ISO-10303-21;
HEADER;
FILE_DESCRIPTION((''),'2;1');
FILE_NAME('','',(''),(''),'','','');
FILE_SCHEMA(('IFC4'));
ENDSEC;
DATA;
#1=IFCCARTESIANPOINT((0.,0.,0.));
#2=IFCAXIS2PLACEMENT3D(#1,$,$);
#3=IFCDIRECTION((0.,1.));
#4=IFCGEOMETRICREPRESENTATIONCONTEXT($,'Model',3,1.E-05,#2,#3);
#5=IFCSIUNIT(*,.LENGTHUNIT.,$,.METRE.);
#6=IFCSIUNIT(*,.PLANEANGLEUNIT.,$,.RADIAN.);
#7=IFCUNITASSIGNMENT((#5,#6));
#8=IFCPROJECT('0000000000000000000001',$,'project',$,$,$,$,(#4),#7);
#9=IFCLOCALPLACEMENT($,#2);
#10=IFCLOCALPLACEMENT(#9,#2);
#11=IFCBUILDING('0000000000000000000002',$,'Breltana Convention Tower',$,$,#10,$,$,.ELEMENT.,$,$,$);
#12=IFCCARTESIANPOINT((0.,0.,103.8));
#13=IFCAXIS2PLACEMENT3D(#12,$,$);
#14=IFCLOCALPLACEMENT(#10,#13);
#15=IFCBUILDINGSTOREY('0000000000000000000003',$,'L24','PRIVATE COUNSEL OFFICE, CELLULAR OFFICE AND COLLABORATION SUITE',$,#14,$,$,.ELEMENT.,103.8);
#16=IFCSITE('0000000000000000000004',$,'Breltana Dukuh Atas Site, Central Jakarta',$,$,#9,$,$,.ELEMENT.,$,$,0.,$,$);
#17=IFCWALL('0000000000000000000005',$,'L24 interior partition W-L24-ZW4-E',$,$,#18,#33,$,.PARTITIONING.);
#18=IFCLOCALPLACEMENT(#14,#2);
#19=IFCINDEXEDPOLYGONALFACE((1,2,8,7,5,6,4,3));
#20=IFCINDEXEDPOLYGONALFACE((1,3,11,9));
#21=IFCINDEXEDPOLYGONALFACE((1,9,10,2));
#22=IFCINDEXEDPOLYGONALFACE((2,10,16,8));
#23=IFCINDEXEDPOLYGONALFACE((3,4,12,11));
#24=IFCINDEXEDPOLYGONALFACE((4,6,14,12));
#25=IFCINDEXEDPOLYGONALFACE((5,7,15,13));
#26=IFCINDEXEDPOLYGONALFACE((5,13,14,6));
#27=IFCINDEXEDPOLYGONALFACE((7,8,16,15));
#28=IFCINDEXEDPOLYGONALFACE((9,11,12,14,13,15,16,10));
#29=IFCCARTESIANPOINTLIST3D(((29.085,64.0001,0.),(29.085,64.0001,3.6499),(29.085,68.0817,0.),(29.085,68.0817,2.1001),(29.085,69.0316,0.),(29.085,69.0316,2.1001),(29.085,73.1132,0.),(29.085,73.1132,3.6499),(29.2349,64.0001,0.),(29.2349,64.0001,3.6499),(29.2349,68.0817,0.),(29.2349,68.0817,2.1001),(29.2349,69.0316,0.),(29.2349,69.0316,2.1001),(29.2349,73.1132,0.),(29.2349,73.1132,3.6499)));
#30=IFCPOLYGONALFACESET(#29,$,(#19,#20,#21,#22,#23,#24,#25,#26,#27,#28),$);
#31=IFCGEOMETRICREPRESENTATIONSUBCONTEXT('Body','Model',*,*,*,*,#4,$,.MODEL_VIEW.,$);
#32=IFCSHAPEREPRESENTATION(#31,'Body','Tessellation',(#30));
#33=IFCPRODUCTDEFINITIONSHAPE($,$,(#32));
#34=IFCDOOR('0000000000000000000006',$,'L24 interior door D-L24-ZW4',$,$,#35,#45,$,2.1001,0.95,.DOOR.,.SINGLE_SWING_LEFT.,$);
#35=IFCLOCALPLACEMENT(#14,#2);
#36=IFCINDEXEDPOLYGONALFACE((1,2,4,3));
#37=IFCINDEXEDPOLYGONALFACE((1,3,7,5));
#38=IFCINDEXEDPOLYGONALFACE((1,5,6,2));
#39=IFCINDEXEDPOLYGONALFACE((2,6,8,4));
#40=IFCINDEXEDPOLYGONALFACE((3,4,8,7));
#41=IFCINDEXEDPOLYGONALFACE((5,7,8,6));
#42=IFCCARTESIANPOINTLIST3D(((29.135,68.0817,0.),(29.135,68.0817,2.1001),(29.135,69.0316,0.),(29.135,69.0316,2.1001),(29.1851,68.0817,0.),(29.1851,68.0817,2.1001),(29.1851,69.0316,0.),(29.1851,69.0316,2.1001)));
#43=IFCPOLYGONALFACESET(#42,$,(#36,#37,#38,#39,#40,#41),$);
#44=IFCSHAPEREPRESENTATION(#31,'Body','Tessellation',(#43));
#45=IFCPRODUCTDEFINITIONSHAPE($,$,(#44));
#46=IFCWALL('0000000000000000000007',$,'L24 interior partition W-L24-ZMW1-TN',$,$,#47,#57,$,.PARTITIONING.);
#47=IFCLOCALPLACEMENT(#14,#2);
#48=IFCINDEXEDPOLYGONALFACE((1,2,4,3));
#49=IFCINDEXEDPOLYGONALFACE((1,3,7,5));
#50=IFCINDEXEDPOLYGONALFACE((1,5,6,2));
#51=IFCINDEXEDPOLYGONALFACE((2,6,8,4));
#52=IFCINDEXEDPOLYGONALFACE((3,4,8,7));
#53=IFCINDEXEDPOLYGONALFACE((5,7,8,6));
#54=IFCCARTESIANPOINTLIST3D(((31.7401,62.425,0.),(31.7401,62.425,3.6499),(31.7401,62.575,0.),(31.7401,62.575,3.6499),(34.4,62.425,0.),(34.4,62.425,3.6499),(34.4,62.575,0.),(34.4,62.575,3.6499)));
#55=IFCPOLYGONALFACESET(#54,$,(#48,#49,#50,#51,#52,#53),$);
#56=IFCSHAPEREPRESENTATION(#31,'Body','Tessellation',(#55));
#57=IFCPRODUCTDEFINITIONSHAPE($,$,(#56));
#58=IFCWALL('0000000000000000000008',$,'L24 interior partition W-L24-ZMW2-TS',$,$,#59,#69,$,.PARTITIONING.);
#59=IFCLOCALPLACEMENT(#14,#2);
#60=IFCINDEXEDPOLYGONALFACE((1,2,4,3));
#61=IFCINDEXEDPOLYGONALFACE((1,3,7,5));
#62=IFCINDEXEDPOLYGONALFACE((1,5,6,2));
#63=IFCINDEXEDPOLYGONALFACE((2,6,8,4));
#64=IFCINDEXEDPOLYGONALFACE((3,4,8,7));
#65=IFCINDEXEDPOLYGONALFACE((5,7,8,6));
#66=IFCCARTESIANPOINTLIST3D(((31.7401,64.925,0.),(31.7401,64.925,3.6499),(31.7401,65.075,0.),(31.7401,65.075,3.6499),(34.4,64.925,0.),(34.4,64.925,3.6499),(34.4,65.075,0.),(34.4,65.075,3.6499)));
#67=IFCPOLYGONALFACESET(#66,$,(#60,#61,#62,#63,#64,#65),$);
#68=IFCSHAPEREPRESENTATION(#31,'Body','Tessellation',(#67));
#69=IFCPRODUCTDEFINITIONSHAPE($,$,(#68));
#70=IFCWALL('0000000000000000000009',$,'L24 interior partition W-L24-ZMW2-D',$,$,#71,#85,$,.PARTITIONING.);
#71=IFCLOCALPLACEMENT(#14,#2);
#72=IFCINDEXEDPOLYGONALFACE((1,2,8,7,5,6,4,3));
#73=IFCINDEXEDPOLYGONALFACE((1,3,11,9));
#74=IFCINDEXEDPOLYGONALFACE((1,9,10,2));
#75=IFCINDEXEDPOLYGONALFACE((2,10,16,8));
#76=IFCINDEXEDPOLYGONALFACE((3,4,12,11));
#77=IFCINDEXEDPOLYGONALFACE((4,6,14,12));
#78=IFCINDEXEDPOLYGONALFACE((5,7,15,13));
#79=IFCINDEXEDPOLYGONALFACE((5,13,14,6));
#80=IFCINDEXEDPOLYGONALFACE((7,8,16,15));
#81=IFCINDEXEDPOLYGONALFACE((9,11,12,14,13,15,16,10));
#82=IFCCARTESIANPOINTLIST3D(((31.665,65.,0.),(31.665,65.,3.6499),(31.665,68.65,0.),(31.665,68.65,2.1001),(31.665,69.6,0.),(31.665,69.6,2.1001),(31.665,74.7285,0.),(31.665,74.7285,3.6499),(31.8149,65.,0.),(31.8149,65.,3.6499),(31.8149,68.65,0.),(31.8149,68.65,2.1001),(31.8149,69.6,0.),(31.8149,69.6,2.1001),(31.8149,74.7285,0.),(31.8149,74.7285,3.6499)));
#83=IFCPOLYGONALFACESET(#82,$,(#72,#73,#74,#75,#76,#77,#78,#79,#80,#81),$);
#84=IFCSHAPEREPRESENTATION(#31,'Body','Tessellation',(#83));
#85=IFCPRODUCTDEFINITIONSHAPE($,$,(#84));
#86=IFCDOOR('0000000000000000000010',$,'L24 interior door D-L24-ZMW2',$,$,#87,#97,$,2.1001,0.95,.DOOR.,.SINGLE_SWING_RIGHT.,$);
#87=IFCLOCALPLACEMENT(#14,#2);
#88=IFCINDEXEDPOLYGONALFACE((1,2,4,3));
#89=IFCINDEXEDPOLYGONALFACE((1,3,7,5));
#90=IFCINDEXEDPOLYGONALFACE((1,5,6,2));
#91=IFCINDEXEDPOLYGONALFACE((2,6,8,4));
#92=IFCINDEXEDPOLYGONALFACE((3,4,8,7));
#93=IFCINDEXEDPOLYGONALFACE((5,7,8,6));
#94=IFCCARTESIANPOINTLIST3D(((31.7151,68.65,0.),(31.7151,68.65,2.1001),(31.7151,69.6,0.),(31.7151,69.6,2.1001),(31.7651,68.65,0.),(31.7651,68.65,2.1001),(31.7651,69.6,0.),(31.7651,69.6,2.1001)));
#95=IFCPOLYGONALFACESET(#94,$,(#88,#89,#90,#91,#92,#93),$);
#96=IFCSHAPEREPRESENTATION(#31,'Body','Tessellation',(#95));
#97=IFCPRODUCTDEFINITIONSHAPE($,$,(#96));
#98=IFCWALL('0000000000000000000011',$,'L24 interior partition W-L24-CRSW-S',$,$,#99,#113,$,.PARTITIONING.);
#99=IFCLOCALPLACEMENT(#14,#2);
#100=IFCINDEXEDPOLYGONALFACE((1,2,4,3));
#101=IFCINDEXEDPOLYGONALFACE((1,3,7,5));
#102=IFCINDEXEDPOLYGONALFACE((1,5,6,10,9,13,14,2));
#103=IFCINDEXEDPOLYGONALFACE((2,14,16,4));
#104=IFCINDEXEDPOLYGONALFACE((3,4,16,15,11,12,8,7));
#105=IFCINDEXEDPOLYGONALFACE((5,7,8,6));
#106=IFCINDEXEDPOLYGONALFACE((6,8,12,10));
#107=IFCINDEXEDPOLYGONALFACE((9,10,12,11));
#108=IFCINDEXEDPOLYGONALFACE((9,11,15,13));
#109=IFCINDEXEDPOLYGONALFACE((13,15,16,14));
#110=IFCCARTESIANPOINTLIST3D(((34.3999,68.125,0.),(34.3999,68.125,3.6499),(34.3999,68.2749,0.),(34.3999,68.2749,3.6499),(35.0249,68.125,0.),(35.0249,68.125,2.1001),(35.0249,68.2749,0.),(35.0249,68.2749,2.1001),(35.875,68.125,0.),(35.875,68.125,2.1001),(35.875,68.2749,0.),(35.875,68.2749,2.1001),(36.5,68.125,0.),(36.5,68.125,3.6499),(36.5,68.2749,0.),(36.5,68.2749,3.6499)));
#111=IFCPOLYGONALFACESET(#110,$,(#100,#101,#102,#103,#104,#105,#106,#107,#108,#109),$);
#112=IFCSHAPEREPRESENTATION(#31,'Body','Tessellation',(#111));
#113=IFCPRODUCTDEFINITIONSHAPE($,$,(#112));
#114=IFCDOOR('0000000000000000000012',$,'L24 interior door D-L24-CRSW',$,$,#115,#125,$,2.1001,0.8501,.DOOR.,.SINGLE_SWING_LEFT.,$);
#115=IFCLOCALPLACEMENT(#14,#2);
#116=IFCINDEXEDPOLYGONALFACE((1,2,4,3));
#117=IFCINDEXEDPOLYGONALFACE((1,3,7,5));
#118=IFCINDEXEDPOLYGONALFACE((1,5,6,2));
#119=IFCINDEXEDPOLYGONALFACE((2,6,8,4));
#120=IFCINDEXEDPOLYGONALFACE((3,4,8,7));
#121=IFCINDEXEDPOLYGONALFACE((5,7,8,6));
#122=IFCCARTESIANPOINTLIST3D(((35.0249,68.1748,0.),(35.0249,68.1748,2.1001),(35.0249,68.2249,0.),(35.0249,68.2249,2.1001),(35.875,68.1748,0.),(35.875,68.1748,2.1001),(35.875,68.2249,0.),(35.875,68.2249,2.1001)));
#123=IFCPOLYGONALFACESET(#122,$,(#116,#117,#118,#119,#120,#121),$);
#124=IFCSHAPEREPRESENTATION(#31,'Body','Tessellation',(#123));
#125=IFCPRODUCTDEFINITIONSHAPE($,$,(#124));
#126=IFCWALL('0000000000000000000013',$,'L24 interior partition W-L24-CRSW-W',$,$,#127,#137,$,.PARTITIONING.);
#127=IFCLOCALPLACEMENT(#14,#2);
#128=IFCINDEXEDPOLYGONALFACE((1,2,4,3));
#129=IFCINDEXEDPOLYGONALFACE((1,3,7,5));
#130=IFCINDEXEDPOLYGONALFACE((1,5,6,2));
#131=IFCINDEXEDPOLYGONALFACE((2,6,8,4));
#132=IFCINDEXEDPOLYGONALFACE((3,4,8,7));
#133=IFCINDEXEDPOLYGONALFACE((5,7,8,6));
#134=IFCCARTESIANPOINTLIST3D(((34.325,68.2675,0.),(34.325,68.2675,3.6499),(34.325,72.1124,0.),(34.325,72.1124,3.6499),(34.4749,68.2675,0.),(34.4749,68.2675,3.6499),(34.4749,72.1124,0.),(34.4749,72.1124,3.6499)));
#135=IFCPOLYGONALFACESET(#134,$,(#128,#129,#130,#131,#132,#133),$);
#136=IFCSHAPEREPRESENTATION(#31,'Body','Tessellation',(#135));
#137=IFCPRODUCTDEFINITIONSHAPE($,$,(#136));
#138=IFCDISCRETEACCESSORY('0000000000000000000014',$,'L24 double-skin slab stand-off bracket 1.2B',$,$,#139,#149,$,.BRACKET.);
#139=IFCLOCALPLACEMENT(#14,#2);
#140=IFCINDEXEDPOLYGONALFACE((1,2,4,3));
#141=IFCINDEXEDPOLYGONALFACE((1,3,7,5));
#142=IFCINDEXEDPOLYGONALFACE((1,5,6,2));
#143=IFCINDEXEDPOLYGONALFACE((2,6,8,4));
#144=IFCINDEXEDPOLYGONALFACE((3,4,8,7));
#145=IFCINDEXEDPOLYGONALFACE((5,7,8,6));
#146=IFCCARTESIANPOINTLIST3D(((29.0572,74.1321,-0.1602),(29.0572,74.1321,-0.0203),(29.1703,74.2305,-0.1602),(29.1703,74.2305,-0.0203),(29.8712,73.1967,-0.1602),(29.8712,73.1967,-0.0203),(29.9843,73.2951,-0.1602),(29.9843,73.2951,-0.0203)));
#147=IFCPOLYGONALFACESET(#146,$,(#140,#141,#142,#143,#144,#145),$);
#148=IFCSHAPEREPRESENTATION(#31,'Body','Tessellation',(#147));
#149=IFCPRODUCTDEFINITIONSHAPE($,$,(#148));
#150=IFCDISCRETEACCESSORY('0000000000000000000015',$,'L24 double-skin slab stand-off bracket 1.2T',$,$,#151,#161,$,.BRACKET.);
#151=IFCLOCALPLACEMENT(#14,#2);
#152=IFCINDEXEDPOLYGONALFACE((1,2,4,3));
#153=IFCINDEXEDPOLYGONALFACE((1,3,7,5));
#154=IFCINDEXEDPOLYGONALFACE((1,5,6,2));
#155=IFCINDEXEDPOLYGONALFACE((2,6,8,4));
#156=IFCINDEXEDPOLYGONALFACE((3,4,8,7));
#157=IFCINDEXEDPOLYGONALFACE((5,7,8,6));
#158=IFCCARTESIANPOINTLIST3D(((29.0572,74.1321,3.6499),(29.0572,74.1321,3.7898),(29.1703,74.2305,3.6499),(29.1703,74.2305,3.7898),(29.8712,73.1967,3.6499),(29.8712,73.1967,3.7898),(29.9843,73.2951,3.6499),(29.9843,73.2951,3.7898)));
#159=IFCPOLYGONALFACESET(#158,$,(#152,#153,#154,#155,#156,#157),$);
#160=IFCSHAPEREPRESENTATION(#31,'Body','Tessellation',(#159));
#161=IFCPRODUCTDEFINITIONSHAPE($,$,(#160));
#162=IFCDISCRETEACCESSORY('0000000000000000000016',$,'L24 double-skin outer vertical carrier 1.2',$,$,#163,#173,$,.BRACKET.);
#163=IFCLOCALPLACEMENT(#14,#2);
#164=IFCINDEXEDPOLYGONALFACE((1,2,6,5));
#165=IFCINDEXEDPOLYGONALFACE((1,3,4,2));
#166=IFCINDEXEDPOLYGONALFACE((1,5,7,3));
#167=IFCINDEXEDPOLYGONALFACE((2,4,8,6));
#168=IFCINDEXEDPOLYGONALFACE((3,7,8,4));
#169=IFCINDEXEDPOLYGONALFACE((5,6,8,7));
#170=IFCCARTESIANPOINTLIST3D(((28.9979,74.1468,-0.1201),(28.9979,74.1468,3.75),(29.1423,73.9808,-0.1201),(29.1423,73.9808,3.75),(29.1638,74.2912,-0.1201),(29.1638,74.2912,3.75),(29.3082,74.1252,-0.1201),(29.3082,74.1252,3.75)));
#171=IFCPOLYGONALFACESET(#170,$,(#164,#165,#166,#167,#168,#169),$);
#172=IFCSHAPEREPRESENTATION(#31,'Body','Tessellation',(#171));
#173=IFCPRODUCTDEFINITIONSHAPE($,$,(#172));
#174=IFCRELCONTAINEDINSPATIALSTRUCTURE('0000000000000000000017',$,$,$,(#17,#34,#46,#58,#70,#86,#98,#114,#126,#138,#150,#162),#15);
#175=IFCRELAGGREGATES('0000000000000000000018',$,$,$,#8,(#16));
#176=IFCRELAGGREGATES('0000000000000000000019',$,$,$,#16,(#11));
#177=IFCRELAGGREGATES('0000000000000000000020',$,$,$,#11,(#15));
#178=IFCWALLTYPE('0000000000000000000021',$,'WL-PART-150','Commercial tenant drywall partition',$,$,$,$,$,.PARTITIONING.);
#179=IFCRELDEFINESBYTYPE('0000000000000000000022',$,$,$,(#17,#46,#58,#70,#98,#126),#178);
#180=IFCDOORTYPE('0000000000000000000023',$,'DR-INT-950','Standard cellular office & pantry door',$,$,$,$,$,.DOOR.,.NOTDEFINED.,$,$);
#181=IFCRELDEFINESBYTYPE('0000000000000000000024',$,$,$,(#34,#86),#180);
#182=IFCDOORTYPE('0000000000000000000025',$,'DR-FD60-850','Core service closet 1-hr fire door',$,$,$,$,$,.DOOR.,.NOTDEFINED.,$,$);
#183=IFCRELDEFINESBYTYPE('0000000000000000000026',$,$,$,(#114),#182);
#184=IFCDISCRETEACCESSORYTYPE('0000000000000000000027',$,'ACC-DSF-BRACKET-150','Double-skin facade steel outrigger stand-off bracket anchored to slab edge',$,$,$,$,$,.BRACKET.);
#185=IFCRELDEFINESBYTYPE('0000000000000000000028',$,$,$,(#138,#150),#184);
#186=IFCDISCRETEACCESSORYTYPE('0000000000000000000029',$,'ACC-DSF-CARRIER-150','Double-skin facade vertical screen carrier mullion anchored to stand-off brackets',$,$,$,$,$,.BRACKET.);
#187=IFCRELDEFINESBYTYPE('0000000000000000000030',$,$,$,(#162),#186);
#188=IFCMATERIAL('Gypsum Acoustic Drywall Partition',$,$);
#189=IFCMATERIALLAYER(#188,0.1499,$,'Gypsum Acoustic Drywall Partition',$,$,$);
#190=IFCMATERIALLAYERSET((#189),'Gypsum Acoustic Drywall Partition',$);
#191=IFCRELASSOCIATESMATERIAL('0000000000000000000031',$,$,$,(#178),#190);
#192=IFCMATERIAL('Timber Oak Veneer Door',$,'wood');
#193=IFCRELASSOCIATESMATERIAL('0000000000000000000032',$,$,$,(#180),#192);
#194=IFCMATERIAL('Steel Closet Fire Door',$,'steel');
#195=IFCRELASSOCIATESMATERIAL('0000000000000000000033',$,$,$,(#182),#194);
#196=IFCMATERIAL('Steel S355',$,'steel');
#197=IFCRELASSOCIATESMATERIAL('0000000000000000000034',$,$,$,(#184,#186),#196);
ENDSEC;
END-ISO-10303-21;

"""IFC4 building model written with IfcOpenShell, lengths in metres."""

from ifc_helpers import new_model, si_unit, direction, frame, frame_2d, origin, origin_2d, place, context, subcontext, project, spatial, rectangle, extrude, source, transform, mapped, material, layer, layer_set, type_object, type_shapes, element, fill, save


model = new_model("IFC4")

# Units and contexts
model_context = context("Model", 3, precision=1e-05, world=origin(), true_north=direction((0.0, 1.0)))
body_context = subcontext(model_context, "Body", "Model", "MODEL_VIEW")
ifc_project = project(units=[si_unit("LENGTHUNIT", "METRE"), si_unit("PLANEANGLEUNIT", "RADIAN")], contexts=[model_context])

# Site, building, storey
site_placement = place(None, origin())
site = spatial("IfcSite", under=ifc_project, at=site_placement, Name="Breltana Dukuh Atas Site, Central Jakarta", CompositionType="ELEMENT", RefElevation=0.0)
building_placement = place(site_placement, origin())
building = spatial("IfcBuilding", under=site, at=building_placement, Name="Breltana Convention Tower", CompositionType="ELEMENT")
storey_placement = place(building_placement, frame((0.0, 0.0, 103.8)))
storey = spatial("IfcBuildingStorey", under=building, at=storey_placement, Name="L24", Description="PRIVATE COUNSEL OFFICE, CELLULAR OFFICE AND COLLABORATION SUITE", CompositionType="ELEMENT", Elevation=103.8)

# Shared definitions
ifc_material_1 = material(Name="Gypsum Acoustic Drywall Partition")
ifc_layer_1 = layer(ifc_material_1, 0.1499, Name="Gypsum Acoustic Drywall Partition")
ifc_layer_set_1 = layer_set([ifc_layer_1], Name="Gypsum Acoustic Drywall Partition")
wall_type_1 = type_object("IfcWallType", Name="WL-PART-150", Description="Commercial tenant drywall partition", PredefinedType="PARTITIONING", material=ifc_layer_set_1)

# Wall, opening, door
shared_shape_1 = source(origin(), body_context, "Body", "SweptSolid", [
    extrude(rectangle(XDim=9.113, YDim=0.1499, at=frame_2d((4.5566, 0.0))), origin(), (0.0, 0.0, 1.0), 3.6499),
])
wall_1_placement = place(storey_placement, frame((29.1599, 64.0, 0.0), z_axis=(0.0, 0.0, 1.0), x_axis=(0.0, 1.0, 0.0)))
wall_1 = element("IfcWall", 1, at=wall_1_placement, inside=storey, type_object=wall_type_1, Name="L24 interior partition W-L24-ZW4-E", PredefinedType="PARTITIONING", context=body_context, shape_type="MappedRepresentation", body=[
    mapped(shared_shape_1, transform((0.0, 0.0, 0.0), scale=1.0)),
])
opening_1_placement = place(wall_1_placement, frame((4.0815, 0.0, 0.0)))
opening_1 = element("IfcOpeningElement", 2, at=opening_1_placement, cuts=wall_1, PredefinedType="OPENING", context=body_context, shape_type="SweptSolid", body=[
    extrude(rectangle(XDim=0.95, YDim=2.1001, at=frame_2d((0.4751, 1.05))), frame((0.0, 0.085, 0.0), z_axis=(0.0, -1.0, 0.0), x_axis=(1.0, 0.0, 0.0)), (0.0, 0.0, 1.0), 0.1699),
])
ifc_material_2 = material(Name="Timber Oak Veneer Door", Category="wood")
door_type_1 = type_object("IfcDoorType", Name="DR-INT-950", Description="Standard cellular office & pantry door", OperationType="NOTDEFINED", PredefinedType="DOOR", material=ifc_material_2)
shared_shape_2 = source(origin(), body_context, "Body", "SweptSolid", [
    extrude(rectangle(XDim=0.95, YDim=2.1001, at=frame_2d((0.4751, 1.05))), frame((0.0, 0.0249, 0.0), z_axis=(0.0, -1.0, 0.0), x_axis=(1.0, 0.0, 0.0)), (0.0, 0.0, 1.0), 0.05),
])
type_shapes(door_type_1, [shared_shape_2])
door_1_placement = place(opening_1_placement, origin())
door_1 = element("IfcDoor", 3, at=door_1_placement, inside=storey, type_object=door_type_1, Name="L24 interior door D-L24-ZW4", OperationType="SINGLE_SWING_LEFT", OverallHeight=2.1001, OverallWidth=0.95, PredefinedType="DOOR", context=body_context, shape_type="MappedRepresentation", body=[
    mapped(shared_shape_2, transform((0.0, 0.0, 0.0), scale=1.0)),
])
fill(opening_1, door_1)

# Walls
shared_shape_3 = source(origin(), body_context, "Body", "SweptSolid", [
    extrude(rectangle(XDim=2.6599, YDim=0.1499, at=frame_2d((1.3301, 0.0))), origin(), (0.0, 0.0, 1.0), 3.6499),
])
for number, where, z_axis, x_axis, name in (
    (4, (31.74, 62.5, 0.0), (0.0, 0.0, 1.0), (1.0, 0.0, 0.0), "L24 interior partition W-L24-ZMW1-TN"),
    (5, (31.74, 65.0, 0.0), (0.0, 0.0, 1.0), (1.0, 0.0, 0.0), "L24 interior partition W-L24-ZMW2-TS"),
):
    element("IfcWall", number, at=place(storey_placement, frame(where, z_axis=z_axis, x_axis=x_axis)), inside=storey, type_object=wall_type_1, Name=name, PredefinedType="PARTITIONING", context=body_context, shape_type="MappedRepresentation", body=[
        mapped(shared_shape_3, transform((0.0, 0.0, 0.0), scale=1.0)),
    ])

# Walls, openings, doors
shared_shape_4 = source(origin(), body_context, "Body", "SweptSolid", [
    extrude(rectangle(XDim=9.7285, YDim=0.1499, at=frame_2d((4.8643, 0.0))), origin(), (0.0, 0.0, 1.0), 3.6499),
])
wall_2_placement = place(storey_placement, frame((31.74, 65.0, 0.0), z_axis=(0.0, 0.0, 1.0), x_axis=(0.0, 1.0, 0.0)))
wall_2 = element("IfcWall", 6, at=wall_2_placement, inside=storey, type_object=wall_type_1, Name="L24 interior partition W-L24-ZMW2-D", PredefinedType="PARTITIONING", context=body_context, shape_type="MappedRepresentation", body=[
    mapped(shared_shape_4, transform((0.0, 0.0, 0.0), scale=1.0)),
])
opening_2_placement = place(wall_2_placement, frame((3.6499, 0.0, 0.0)))
opening_2 = element("IfcOpeningElement", 7, at=opening_2_placement, cuts=wall_2, PredefinedType="OPENING", context=body_context, shape_type="SweptSolid", body=[
    extrude(rectangle(XDim=0.95, YDim=2.1001, at=frame_2d((0.4751, 1.05))), frame((0.0, 0.085, 0.0), z_axis=(0.0, -1.0, 0.0), x_axis=(1.0, 0.0, 0.0)), (0.0, 0.0, 1.0), 0.1699),
])
door_2_placement = place(opening_2_placement, origin())
door_2 = element("IfcDoor", 8, at=door_2_placement, inside=storey, type_object=door_type_1, Name="L24 interior door D-L24-ZMW2", OperationType="SINGLE_SWING_RIGHT", OverallHeight=2.1001, OverallWidth=0.95, PredefinedType="DOOR", context=body_context, shape_type="MappedRepresentation", body=[
    mapped(shared_shape_2, transform((0.0, 0.0, 0.0), scale=1.0)),
])
fill(opening_2, door_2)
shared_shape_5 = source(origin(), body_context, "Body", "SweptSolid", [
    extrude(rectangle(XDim=2.1001, YDim=0.1499, at=frame_2d((1.05, 0.0))), origin(), (0.0, 0.0, 1.0), 3.6499),
])
wall_3_placement = place(storey_placement, frame((34.3999, 68.2, 0.0), z_axis=(0.0, 0.0, 1.0), x_axis=(1.0, 0.0, 0.0)))
wall_3 = element("IfcWall", 9, at=wall_3_placement, inside=storey, type_object=wall_type_1, Name="L24 interior partition W-L24-CRSW-S", PredefinedType="PARTITIONING", context=body_context, shape_type="MappedRepresentation", body=[
    mapped(shared_shape_5, transform((0.0, 0.0, 0.0), scale=1.0)),
])
opening_3_placement = place(wall_3_placement, frame((0.625, 0.0, 0.0)))
opening_3 = element("IfcOpeningElement", 10, at=opening_3_placement, cuts=wall_3, PredefinedType="OPENING", context=body_context, shape_type="SweptSolid", body=[
    extrude(rectangle(XDim=0.8501, YDim=2.1001, at=frame_2d((0.425, 1.05))), frame((0.0, 0.085, 0.0), z_axis=(0.0, -1.0, 0.0), x_axis=(1.0, 0.0, 0.0)), (0.0, 0.0, 1.0), 0.1699),
])
ifc_material_3 = material(Name="Steel Closet Fire Door", Category="steel")
door_type_2 = type_object("IfcDoorType", Name="DR-FD60-850", Description="Core service closet 1-hr fire door", OperationType="NOTDEFINED", PredefinedType="DOOR", material=ifc_material_3)
shared_shape_6 = source(origin(), body_context, "Body", "SweptSolid", [
    extrude(rectangle(XDim=0.8501, YDim=2.1001, at=frame_2d((0.425, 1.05))), frame((0.0, 0.0249, 0.0), z_axis=(0.0, -1.0, 0.0), x_axis=(1.0, 0.0, 0.0)), (0.0, 0.0, 1.0), 0.05),
])
type_shapes(door_type_2, [shared_shape_6])
door_3_placement = place(opening_3_placement, origin())
door_3 = element("IfcDoor", 11, at=door_3_placement, inside=storey, type_object=door_type_2, Name="L24 interior door D-L24-CRSW", OperationType="SINGLE_SWING_LEFT", OverallHeight=2.1001, OverallWidth=0.8501, PredefinedType="DOOR", context=body_context, shape_type="MappedRepresentation", body=[
    mapped(shared_shape_6, transform((0.0, 0.0, 0.0), scale=1.0)),
])
fill(opening_3, door_3)

# Wall
shared_shape_7 = source(origin(), body_context, "Body", "SweptSolid", [
    extrude(rectangle(XDim=3.845, YDim=0.1499, at=frame_2d((1.9224, 0.0))), origin(), (0.0, 0.0, 1.0), 3.6499),
])
wall_4_placement = place(storey_placement, frame((34.3999, 68.2676, 0.0), z_axis=(0.0, 0.0, 1.0), x_axis=(0.0, 1.0, 0.0)))
element("IfcWall", 12, at=wall_4_placement, inside=storey, type_object=wall_type_1, Name="L24 interior partition W-L24-CRSW-W", PredefinedType="PARTITIONING", context=body_context, shape_type="MappedRepresentation", body=[
    mapped(shared_shape_7, transform((0.0, 0.0, 0.0), scale=1.0)),
])

# Discrete accessories
ifc_material_4 = material(Name="Steel S355", Category="steel")
discrete_accessory_type_1 = type_object("IfcDiscreteAccessoryType", Name="ACC-DSF-BRACKET-150", Description="Double-skin facade steel outrigger stand-off bracket anchored to slab edge", PredefinedType="BRACKET", material=ifc_material_4)
shared_shape_8 = source(origin(), body_context, "Body", "SweptSolid", [
    extrude(rectangle(XDim=1.24, YDim=0.1499, at=origin_2d()), origin(), (0.0, 0.0, 1.0), 0.1399),
])
type_shapes(discrete_accessory_type_1, [shared_shape_8])
for number, where, z_axis, x_axis, name in (
    (13, (29.5208, 73.7136, -0.1602), (0.0, 0.0, 1.0), (-0.656454, 0.754366, 0.0), "L24 double-skin slab stand-off bracket 1.2B"),
    (14, (29.5208, 73.7136, 3.6499), (0.0, 0.0, 1.0), (-0.656454, 0.754366, 0.0), "L24 double-skin slab stand-off bracket 1.2T"),
):
    element("IfcDiscreteAccessory", number, at=place(storey_placement, frame(where, z_axis=z_axis, x_axis=x_axis)), inside=storey, type_object=discrete_accessory_type_1, Name=name, PredefinedType="BRACKET", context=body_context, shape_type="MappedRepresentation", body=[
        mapped(shared_shape_8, transform((0.0, 0.0, 0.0), scale=1.0)),
    ])
discrete_accessory_type_2 = type_object("IfcDiscreteAccessoryType", Name="ACC-DSF-CARRIER-150", Description="Double-skin facade vertical screen carrier mullion anchored to stand-off brackets", PredefinedType="BRACKET", material=ifc_material_4)
shared_shape_9 = source(origin(), body_context, "Body", "SweptSolid", [
    extrude(rectangle(XDim=0.22, YDim=0.22, at=origin_2d()), origin(), (0.0, 0.0, 1.0), 3.8701),
])
discrete_accessory_placement = place(storey_placement, frame((29.1531, 74.136, -0.1201), z_axis=(0.0, 0.0, 1.0), x_axis=(-0.656454, 0.754366, 0.0)))
element("IfcDiscreteAccessory", 15, at=discrete_accessory_placement, inside=storey, type_object=discrete_accessory_type_2, Name="L24 double-skin outer vertical carrier 1.2", PredefinedType="BRACKET", context=body_context, shape_type="MappedRepresentation", body=[
    mapped(shared_shape_9, transform((0.0, 0.0, 0.0), scale=1.0)),
])

save(model, "model.ifc")
